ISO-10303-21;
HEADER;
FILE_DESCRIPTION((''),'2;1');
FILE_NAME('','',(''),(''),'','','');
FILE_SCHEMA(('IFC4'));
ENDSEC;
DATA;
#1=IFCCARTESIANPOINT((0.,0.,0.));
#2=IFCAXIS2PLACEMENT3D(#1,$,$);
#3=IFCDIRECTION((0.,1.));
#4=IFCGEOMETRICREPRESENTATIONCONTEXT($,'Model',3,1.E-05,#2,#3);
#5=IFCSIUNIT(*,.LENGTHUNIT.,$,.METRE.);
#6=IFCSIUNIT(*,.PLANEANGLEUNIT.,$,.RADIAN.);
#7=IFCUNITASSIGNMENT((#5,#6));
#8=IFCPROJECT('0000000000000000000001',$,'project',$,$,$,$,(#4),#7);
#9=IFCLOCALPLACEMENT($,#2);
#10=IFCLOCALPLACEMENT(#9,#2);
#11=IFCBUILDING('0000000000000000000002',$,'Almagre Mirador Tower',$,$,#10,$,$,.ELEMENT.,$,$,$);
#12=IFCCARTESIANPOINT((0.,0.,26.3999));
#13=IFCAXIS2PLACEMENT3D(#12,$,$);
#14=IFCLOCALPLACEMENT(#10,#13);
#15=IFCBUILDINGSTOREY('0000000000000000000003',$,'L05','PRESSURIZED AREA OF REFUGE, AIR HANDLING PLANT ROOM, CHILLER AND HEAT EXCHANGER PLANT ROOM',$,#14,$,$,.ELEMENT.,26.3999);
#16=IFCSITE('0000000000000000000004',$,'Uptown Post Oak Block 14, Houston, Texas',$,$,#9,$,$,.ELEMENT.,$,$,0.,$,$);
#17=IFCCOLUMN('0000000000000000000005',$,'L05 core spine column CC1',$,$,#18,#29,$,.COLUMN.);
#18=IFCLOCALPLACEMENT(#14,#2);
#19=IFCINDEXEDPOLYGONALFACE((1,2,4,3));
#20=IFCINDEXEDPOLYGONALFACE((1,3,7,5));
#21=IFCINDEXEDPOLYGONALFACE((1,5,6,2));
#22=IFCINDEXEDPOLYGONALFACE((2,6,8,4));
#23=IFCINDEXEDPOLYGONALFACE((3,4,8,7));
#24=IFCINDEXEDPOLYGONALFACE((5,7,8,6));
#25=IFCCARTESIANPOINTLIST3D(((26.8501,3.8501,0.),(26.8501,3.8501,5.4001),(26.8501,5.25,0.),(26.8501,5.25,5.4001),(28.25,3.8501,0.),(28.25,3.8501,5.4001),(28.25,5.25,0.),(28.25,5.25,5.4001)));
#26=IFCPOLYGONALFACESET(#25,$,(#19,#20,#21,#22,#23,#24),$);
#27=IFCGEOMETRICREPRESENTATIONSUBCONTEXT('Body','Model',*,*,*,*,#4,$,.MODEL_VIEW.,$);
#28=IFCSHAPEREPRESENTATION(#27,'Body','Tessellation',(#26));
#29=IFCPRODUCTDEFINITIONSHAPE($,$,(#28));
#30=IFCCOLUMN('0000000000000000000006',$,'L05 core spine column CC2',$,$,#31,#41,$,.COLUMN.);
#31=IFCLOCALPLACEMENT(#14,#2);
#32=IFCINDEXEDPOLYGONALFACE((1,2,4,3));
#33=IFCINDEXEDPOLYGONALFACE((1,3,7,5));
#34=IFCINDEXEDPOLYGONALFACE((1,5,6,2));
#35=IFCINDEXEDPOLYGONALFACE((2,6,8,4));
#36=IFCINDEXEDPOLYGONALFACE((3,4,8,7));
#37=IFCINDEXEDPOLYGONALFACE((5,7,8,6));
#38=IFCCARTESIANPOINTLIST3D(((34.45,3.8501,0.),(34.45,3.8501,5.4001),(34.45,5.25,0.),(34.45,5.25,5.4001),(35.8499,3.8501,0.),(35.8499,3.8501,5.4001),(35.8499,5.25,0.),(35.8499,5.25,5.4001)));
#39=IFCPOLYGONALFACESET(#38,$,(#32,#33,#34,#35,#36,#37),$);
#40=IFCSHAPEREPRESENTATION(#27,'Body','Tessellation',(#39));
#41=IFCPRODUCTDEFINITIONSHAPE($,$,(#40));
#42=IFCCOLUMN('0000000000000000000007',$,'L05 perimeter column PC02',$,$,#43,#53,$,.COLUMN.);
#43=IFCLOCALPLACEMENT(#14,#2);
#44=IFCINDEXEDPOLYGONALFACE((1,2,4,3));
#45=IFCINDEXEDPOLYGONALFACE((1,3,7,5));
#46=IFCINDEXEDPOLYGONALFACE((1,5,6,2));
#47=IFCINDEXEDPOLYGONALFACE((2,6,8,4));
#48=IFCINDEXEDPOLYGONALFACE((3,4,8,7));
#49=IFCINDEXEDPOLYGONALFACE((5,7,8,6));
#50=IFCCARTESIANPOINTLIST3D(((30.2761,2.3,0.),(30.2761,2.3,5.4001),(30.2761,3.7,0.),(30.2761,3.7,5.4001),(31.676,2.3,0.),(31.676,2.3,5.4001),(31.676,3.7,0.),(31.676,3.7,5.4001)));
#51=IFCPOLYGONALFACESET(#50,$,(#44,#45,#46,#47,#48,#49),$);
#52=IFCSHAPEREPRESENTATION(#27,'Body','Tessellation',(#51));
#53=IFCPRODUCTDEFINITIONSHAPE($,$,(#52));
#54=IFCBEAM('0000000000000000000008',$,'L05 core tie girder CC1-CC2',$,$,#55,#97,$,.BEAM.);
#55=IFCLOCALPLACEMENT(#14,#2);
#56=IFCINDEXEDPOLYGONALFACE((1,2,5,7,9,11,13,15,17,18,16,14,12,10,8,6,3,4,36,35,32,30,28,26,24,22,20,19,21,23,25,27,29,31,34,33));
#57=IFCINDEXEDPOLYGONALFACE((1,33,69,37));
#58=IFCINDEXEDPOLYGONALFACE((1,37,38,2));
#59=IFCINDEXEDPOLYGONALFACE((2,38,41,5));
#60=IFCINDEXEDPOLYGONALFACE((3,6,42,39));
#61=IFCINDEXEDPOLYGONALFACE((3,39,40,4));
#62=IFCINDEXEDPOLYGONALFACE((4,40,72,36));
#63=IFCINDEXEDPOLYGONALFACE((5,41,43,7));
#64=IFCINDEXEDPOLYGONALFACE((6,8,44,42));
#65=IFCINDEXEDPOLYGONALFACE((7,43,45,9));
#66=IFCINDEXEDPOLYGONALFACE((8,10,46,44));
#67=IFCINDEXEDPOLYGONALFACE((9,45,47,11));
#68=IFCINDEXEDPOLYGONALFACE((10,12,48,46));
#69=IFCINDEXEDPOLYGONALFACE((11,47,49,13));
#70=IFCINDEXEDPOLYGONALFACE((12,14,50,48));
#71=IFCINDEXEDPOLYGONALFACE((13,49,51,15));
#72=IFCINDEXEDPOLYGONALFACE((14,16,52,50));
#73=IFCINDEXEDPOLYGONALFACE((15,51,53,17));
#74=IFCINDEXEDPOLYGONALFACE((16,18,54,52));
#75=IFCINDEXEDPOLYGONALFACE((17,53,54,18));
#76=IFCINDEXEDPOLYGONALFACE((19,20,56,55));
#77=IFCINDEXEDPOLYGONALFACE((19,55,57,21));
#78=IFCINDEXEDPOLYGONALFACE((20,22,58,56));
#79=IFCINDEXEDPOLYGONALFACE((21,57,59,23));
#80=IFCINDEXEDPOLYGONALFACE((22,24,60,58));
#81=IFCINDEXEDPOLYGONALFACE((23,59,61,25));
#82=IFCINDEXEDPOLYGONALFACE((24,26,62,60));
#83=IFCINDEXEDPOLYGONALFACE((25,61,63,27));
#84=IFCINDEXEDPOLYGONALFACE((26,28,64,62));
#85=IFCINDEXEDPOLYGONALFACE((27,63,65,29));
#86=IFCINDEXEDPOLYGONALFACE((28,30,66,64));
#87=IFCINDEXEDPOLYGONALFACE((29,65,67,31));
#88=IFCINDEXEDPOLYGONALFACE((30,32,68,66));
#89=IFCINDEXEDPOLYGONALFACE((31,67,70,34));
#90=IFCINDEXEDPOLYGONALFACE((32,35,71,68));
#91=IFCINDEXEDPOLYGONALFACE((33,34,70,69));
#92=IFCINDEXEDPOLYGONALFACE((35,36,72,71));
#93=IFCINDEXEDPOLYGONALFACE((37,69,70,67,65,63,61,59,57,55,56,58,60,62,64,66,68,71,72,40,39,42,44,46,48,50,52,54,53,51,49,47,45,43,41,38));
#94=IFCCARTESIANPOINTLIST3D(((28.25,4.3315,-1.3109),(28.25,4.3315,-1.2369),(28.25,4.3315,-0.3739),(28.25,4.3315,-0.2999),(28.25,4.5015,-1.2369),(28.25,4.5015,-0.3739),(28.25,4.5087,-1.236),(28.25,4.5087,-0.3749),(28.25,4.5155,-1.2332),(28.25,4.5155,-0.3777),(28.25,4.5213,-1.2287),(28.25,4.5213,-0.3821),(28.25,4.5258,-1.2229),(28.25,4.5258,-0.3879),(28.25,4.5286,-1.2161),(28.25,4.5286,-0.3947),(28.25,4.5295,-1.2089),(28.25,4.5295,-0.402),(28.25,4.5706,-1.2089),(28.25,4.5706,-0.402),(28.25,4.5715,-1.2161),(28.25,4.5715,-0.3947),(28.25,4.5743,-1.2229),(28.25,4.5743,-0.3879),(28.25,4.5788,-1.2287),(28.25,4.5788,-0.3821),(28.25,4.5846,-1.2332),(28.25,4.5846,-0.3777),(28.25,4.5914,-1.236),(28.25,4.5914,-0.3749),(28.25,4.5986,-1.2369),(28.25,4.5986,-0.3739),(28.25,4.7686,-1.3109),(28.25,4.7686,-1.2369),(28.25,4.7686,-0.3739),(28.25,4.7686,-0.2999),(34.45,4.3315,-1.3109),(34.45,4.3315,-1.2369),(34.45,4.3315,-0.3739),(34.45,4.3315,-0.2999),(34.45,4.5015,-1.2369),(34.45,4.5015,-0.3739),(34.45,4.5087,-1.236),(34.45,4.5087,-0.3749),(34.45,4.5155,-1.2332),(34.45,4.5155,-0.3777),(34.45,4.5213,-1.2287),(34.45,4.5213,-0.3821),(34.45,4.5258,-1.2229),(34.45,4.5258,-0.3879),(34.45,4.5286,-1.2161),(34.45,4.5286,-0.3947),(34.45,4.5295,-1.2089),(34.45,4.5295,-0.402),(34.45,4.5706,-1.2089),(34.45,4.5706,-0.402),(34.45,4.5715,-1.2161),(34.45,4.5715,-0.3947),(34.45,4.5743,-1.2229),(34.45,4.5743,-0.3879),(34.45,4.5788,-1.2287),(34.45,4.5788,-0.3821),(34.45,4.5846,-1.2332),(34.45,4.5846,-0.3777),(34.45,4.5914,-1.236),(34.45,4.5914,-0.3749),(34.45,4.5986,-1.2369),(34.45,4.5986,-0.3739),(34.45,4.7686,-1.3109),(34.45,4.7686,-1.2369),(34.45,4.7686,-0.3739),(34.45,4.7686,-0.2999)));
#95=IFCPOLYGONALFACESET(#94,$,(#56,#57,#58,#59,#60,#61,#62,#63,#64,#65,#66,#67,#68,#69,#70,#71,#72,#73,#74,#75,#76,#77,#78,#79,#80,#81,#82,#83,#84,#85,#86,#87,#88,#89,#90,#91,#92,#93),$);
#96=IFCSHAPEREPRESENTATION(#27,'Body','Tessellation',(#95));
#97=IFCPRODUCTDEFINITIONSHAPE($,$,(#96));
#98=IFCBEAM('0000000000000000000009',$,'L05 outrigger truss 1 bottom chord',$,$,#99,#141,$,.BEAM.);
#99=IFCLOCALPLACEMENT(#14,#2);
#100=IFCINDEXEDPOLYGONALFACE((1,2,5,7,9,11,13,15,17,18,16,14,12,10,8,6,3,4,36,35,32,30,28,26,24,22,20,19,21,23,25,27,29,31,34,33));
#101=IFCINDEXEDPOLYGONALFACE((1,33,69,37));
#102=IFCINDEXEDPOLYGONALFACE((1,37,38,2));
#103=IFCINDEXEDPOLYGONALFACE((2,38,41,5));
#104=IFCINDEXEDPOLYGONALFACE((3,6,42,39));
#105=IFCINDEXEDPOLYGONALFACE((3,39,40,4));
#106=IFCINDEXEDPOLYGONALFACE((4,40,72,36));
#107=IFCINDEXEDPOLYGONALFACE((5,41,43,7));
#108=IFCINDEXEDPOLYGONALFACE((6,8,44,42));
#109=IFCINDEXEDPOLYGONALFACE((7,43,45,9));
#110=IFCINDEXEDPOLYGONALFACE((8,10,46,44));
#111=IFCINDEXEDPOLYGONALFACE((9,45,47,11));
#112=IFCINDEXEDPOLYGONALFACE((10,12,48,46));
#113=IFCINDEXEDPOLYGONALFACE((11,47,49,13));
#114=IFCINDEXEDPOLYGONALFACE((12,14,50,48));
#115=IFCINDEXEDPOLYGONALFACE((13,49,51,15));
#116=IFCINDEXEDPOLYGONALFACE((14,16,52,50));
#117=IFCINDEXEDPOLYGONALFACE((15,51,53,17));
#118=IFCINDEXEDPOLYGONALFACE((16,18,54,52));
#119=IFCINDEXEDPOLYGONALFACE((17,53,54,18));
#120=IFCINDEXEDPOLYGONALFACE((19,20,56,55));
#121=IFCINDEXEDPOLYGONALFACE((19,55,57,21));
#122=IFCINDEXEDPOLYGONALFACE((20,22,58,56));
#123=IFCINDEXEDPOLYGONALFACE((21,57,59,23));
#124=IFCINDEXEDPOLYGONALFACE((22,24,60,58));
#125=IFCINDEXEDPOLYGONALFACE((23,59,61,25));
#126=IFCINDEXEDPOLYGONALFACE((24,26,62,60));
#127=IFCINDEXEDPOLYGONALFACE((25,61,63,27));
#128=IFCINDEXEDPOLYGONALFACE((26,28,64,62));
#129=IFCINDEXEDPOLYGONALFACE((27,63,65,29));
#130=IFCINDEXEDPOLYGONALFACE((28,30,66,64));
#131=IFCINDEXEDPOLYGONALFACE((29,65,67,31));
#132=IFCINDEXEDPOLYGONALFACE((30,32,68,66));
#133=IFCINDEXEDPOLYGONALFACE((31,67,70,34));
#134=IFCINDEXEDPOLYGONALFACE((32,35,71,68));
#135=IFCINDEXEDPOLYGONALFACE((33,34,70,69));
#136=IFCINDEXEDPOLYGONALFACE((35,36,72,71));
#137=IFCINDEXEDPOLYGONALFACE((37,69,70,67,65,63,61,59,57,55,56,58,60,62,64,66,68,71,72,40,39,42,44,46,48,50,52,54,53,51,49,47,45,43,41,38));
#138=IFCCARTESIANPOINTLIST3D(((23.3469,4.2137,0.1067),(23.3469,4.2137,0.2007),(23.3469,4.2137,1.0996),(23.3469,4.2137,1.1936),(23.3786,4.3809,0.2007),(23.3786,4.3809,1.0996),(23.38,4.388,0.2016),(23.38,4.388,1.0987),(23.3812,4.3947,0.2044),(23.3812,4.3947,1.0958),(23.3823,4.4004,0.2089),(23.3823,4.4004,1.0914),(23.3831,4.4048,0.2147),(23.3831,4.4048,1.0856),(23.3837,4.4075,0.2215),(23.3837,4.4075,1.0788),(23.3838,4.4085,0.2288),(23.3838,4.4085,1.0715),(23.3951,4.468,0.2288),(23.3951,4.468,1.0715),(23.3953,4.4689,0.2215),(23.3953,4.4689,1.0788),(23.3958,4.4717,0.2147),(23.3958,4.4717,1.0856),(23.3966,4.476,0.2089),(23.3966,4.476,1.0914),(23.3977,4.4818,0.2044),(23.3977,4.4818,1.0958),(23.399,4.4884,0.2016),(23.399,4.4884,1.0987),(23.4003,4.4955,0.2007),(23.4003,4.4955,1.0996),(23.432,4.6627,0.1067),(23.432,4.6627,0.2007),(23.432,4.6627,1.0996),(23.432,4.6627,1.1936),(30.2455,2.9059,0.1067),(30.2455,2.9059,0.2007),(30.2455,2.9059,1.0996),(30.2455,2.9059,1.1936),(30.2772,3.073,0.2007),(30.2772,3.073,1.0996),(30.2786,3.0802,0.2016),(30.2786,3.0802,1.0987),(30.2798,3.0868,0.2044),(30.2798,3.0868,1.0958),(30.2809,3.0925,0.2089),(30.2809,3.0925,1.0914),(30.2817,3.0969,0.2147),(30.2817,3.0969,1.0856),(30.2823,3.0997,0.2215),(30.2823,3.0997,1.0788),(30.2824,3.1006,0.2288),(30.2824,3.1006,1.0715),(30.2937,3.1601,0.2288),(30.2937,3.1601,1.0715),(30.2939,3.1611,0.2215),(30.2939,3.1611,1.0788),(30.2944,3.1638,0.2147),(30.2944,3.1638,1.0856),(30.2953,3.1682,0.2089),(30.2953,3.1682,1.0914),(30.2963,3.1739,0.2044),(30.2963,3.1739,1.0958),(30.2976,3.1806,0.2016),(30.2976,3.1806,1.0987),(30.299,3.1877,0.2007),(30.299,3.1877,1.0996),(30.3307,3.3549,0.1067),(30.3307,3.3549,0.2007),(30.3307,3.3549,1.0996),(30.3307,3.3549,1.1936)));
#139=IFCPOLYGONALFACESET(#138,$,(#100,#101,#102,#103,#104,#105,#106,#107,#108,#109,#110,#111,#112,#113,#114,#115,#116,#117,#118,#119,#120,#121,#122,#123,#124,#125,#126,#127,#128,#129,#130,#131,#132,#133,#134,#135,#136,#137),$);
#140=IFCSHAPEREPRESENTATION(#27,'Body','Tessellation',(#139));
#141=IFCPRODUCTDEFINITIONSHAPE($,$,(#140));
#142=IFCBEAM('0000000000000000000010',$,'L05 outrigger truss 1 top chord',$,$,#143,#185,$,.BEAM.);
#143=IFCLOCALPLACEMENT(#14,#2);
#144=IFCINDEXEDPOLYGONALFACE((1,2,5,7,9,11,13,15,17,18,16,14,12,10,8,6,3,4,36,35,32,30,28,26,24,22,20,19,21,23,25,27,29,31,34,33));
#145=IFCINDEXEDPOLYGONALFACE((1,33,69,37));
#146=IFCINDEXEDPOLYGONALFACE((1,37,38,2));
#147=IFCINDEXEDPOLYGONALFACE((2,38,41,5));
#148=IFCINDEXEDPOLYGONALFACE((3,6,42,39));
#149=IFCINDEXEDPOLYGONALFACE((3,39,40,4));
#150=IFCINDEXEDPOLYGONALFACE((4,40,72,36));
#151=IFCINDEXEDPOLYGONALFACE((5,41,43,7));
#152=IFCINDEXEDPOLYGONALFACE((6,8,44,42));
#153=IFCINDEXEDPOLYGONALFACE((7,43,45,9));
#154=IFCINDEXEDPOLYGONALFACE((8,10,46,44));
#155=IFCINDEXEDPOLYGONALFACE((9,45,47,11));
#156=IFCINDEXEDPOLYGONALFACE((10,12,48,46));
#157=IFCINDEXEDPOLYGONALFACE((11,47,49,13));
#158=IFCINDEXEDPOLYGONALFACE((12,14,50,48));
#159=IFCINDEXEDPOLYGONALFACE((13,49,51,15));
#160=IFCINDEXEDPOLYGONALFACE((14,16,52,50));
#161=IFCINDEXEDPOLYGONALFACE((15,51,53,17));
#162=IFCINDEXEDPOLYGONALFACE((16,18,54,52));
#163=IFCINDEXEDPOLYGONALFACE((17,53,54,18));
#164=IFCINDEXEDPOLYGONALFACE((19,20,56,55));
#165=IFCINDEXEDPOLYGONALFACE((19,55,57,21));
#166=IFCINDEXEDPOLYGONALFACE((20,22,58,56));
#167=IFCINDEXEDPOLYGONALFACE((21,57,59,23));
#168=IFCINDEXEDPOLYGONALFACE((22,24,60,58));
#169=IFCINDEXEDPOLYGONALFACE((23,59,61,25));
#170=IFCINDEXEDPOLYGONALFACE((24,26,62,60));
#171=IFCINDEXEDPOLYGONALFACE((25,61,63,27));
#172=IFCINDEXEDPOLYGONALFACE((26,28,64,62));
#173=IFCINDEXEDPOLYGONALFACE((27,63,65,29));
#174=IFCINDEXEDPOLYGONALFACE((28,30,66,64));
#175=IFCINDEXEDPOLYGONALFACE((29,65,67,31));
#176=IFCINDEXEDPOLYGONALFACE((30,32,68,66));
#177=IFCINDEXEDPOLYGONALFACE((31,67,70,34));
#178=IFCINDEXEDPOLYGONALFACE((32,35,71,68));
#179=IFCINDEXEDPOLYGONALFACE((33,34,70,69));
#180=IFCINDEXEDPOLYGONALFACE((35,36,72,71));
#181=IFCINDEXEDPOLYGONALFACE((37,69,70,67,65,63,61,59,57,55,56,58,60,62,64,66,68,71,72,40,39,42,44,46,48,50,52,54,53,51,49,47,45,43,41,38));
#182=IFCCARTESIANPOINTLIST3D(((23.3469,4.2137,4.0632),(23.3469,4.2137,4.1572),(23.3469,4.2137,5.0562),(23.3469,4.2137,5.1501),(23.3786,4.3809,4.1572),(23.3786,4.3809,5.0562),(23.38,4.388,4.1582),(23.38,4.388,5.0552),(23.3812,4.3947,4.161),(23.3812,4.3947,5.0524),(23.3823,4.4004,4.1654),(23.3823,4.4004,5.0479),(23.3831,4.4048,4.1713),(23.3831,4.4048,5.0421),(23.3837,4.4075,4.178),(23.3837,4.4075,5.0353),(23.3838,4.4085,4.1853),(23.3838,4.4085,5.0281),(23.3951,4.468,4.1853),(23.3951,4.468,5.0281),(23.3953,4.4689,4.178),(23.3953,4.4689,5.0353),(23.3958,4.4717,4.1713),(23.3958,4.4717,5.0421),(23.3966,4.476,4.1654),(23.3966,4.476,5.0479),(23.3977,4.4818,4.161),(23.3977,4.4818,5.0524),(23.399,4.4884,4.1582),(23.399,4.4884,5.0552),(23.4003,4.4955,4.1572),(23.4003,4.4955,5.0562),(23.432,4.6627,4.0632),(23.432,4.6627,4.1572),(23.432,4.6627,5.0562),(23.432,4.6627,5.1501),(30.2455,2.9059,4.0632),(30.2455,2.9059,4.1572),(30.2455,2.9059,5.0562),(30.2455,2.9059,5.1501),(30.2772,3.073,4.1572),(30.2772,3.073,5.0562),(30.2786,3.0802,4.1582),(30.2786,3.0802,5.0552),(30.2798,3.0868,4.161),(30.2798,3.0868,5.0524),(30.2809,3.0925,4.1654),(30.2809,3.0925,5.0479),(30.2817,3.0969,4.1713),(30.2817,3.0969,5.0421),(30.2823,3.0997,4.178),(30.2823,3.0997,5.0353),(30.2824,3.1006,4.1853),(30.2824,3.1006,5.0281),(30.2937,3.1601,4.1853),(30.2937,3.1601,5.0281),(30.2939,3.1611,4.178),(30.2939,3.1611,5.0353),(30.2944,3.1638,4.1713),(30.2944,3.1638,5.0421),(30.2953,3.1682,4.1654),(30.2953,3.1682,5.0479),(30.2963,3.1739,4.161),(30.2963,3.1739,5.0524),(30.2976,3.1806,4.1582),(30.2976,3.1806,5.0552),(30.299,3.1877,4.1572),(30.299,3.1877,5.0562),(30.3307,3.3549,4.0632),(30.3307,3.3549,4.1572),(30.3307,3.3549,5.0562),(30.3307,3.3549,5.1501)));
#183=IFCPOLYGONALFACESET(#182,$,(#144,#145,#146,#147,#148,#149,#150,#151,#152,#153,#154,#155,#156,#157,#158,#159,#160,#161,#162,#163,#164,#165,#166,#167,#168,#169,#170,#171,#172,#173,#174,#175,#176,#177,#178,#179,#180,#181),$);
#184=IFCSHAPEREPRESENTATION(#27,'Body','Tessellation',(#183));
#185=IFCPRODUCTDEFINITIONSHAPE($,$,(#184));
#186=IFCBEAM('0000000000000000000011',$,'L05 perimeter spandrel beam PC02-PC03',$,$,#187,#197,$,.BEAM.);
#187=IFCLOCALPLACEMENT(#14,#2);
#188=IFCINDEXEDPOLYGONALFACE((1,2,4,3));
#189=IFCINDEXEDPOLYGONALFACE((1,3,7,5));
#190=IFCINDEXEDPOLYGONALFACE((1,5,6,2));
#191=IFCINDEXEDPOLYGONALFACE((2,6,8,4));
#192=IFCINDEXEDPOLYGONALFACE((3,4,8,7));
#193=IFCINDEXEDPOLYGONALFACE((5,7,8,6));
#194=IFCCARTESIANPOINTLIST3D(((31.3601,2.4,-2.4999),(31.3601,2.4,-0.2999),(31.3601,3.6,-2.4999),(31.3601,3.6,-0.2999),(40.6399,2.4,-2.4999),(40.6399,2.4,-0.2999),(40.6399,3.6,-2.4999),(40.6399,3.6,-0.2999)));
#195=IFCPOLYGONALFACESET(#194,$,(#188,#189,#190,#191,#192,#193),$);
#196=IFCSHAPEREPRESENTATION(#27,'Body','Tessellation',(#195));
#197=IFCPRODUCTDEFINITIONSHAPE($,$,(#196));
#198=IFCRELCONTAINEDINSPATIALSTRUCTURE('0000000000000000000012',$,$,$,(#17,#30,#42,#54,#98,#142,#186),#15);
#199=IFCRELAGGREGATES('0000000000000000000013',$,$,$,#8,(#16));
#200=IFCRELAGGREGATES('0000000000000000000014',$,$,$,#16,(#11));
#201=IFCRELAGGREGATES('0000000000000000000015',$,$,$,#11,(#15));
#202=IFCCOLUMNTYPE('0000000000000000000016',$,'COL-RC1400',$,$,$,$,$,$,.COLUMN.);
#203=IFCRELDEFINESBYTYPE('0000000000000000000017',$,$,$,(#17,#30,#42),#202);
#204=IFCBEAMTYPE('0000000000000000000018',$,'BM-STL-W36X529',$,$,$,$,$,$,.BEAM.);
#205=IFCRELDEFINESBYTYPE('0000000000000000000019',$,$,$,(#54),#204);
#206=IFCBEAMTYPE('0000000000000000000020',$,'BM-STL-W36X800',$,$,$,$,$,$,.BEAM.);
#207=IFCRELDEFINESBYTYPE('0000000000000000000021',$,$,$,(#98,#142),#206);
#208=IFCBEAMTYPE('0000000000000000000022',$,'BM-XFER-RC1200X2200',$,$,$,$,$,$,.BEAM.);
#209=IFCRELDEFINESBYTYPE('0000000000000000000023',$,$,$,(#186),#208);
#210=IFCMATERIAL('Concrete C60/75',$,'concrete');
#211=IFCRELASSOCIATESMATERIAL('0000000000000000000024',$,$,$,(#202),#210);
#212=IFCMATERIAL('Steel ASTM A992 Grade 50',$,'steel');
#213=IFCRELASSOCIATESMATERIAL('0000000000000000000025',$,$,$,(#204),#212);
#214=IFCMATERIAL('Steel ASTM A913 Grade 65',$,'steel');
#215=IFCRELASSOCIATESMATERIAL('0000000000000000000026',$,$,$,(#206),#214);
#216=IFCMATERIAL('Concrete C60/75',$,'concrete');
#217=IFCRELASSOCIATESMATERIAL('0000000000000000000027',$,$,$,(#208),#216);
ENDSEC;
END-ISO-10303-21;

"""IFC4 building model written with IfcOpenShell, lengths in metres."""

from ifc_helpers import new_model, si_unit, direction, frame, origin, origin_2d, place, context, subcontext, project, spatial, rectangle, i_section, extrude, material, material_profile, profile_set, type_object, element, save


model = new_model("IFC4")

# Units and contexts
model_context = context("Model", 3, precision=1e-05, world=origin(), true_north=direction((0.0, 1.0)))
body_context = subcontext(model_context, "Body", "Model", "MODEL_VIEW")
ifc_project = project(units=[si_unit("LENGTHUNIT", "METRE"), si_unit("PLANEANGLEUNIT", "RADIAN")], contexts=[model_context])

# Site, building, storey
site_placement = place(None, origin())
site = spatial("IfcSite", under=ifc_project, at=site_placement, Name="Uptown Post Oak Block 14, Houston, Texas", CompositionType="ELEMENT", RefElevation=0.0)
building_placement = place(site_placement, origin())
building = spatial("IfcBuilding", under=site, at=building_placement, Name="Almagre Mirador Tower", CompositionType="ELEMENT")
storey_placement = place(building_placement, frame((0.0, 0.0, 26.3999)))
storey = spatial("IfcBuildingStorey", under=building, at=storey_placement, Name="L05", Description="PRESSURIZED AREA OF REFUGE, AIR HANDLING PLANT ROOM, CHILLER AND HEAT EXCHANGER PLANT ROOM", CompositionType="ELEMENT", Elevation=26.3999)

# Columns
ifc_material_1 = material(Name="Concrete C60/75", Category="concrete")
ifc_material_profile_1 = material_profile(ifc_material_1, rectangle(XDim=1.3999, YDim=1.3999, at=origin_2d()), Name="RC1400X1400")
ifc_profile_set_1 = profile_set([ifc_material_profile_1], Name="Concrete C60/75")
column_type = type_object("IfcColumnType", Name="COL-RC1400", PredefinedType="COLUMN", material=ifc_profile_set_1)
for number, where, z_axis, x_axis, name in (
    (1, (27.55, 4.55, 0.0), (0.0, 0.0, 1.0), (1.0, 0.0, 0.0), "L05 core spine column CC1"),
    (2, (35.1499, 4.55, 0.0), (0.0, 0.0, 1.0), (1.0, 0.0, 0.0), "L05 core spine column CC2"),
    (3, (30.9761, 3.0, 0.0), (0.0, 0.0, 1.0), (1.0, 0.0, 0.0), "L05 perimeter column PC02"),
):
    element("IfcColumn", number, at=place(storey_placement, frame(where, z_axis=z_axis, x_axis=x_axis)), inside=storey, type_object=column_type, Name=name, PredefinedType="COLUMN", context=body_context, shape_type="SweptSolid", body=[
        extrude(rectangle(XDim=1.3999, YDim=1.3999, at=origin_2d()), origin(), (0.0, 0.0, 1.0), 5.4001),
    ])

# Beams
ifc_material_2 = material(Name="Steel ASTM A992 Grade 50", Category="steel")
ifc_material_profile_2 = material_profile(ifc_material_2, i_section(OverallWidth=0.437, OverallDepth=1.011, WebThickness=0.041, FlangeThickness=0.074, FilletRadius=0.0281, at=origin_2d()), Name="W36X529")
ifc_profile_set_2 = profile_set([ifc_material_profile_2], Name="Steel ASTM A992 Grade 50")
beam_type_1 = type_object("IfcBeamType", Name="BM-STL-W36X529", PredefinedType="BEAM", material=ifc_profile_set_2)
beam_1_placement = place(storey_placement, frame((28.25, 4.55, -0.8054), z_axis=(1.0, 0.0, 0.0), x_axis=(0.0, 1.0, 0.0)))
element("IfcBeam", 4, at=beam_1_placement, inside=storey, type_object=beam_type_1, Name="L05 core tie girder CC1-CC2", PredefinedType="BEAM", context=body_context, shape_type="SweptSolid", body=[
    extrude(i_section(OverallWidth=0.437, OverallDepth=1.011, WebThickness=0.041, FlangeThickness=0.074, FilletRadius=0.0281, at=origin_2d()), origin(), (0.0, 0.0, 1.0), 6.2),
])
ifc_material_3 = material(Name="Steel ASTM A913 Grade 65", Category="steel")
ifc_material_profile_3 = material_profile(ifc_material_3, i_section(OverallWidth=0.457, OverallDepth=1.0869, WebThickness=0.0605, FlangeThickness=0.094, FilletRadius=0.0281, at=origin_2d()), Name="W36X800")
ifc_profile_set_3 = profile_set([ifc_material_profile_3], Name="Steel ASTM A913 Grade 65")
beam_type_2 = type_object("IfcBeamType", Name="BM-STL-W36X800", PredefinedType="BEAM", material=ifc_profile_set_3)
for number, where, z_axis, x_axis, name in (
    (5, (30.2881, 3.1304, 0.6501), (-0.9825, 0.186264, 0.0), (-0.186264, -0.9825, 0.0), "L05 outrigger truss 1 bottom chord"),
    (6, (30.2881, 3.1304, 4.6067), (-0.9825, 0.186264, 0.0), (-0.186264, -0.9825, 0.0), "L05 outrigger truss 1 top chord"),
):
    element("IfcBeam", number, at=place(storey_placement, frame(where, z_axis=z_axis, x_axis=x_axis)), inside=storey, type_object=beam_type_2, Name=name, PredefinedType="BEAM", context=body_context, shape_type="SweptSolid", body=[
        extrude(i_section(OverallWidth=0.457, OverallDepth=1.0869, WebThickness=0.0605, FlangeThickness=0.094, FilletRadius=0.0281, at=origin_2d()), origin(), (0.0, 0.0, 1.0), 7.0215),
    ])
ifc_material_4 = material(Name="Concrete C60/75", Category="concrete")
ifc_material_profile_4 = material_profile(ifc_material_4, rectangle(XDim=1.2, YDim=2.2, at=origin_2d()), Name="RC1200X2200")
ifc_profile_set_4 = profile_set([ifc_material_profile_4], Name="Concrete C60/75")
beam_type_3 = type_object("IfcBeamType", Name="BM-XFER-RC1200X2200", PredefinedType="BEAM", material=ifc_profile_set_4)
beam_2_placement = place(storey_placement, frame((31.3601, 3.0, -1.3999), z_axis=(1.0, 0.0, 0.0), x_axis=(0.0, 1.0, 0.0)))
element("IfcBeam", 7, at=beam_2_placement, inside=storey, type_object=beam_type_3, Name="L05 perimeter spandrel beam PC02-PC03", PredefinedType="BEAM", context=body_context, shape_type="SweptSolid", body=[
    extrude(rectangle(XDim=1.2, YDim=2.2, at=origin_2d()), origin(), (0.0, 0.0, 1.0), 9.2798),
])

save(model, "model.ifc")
